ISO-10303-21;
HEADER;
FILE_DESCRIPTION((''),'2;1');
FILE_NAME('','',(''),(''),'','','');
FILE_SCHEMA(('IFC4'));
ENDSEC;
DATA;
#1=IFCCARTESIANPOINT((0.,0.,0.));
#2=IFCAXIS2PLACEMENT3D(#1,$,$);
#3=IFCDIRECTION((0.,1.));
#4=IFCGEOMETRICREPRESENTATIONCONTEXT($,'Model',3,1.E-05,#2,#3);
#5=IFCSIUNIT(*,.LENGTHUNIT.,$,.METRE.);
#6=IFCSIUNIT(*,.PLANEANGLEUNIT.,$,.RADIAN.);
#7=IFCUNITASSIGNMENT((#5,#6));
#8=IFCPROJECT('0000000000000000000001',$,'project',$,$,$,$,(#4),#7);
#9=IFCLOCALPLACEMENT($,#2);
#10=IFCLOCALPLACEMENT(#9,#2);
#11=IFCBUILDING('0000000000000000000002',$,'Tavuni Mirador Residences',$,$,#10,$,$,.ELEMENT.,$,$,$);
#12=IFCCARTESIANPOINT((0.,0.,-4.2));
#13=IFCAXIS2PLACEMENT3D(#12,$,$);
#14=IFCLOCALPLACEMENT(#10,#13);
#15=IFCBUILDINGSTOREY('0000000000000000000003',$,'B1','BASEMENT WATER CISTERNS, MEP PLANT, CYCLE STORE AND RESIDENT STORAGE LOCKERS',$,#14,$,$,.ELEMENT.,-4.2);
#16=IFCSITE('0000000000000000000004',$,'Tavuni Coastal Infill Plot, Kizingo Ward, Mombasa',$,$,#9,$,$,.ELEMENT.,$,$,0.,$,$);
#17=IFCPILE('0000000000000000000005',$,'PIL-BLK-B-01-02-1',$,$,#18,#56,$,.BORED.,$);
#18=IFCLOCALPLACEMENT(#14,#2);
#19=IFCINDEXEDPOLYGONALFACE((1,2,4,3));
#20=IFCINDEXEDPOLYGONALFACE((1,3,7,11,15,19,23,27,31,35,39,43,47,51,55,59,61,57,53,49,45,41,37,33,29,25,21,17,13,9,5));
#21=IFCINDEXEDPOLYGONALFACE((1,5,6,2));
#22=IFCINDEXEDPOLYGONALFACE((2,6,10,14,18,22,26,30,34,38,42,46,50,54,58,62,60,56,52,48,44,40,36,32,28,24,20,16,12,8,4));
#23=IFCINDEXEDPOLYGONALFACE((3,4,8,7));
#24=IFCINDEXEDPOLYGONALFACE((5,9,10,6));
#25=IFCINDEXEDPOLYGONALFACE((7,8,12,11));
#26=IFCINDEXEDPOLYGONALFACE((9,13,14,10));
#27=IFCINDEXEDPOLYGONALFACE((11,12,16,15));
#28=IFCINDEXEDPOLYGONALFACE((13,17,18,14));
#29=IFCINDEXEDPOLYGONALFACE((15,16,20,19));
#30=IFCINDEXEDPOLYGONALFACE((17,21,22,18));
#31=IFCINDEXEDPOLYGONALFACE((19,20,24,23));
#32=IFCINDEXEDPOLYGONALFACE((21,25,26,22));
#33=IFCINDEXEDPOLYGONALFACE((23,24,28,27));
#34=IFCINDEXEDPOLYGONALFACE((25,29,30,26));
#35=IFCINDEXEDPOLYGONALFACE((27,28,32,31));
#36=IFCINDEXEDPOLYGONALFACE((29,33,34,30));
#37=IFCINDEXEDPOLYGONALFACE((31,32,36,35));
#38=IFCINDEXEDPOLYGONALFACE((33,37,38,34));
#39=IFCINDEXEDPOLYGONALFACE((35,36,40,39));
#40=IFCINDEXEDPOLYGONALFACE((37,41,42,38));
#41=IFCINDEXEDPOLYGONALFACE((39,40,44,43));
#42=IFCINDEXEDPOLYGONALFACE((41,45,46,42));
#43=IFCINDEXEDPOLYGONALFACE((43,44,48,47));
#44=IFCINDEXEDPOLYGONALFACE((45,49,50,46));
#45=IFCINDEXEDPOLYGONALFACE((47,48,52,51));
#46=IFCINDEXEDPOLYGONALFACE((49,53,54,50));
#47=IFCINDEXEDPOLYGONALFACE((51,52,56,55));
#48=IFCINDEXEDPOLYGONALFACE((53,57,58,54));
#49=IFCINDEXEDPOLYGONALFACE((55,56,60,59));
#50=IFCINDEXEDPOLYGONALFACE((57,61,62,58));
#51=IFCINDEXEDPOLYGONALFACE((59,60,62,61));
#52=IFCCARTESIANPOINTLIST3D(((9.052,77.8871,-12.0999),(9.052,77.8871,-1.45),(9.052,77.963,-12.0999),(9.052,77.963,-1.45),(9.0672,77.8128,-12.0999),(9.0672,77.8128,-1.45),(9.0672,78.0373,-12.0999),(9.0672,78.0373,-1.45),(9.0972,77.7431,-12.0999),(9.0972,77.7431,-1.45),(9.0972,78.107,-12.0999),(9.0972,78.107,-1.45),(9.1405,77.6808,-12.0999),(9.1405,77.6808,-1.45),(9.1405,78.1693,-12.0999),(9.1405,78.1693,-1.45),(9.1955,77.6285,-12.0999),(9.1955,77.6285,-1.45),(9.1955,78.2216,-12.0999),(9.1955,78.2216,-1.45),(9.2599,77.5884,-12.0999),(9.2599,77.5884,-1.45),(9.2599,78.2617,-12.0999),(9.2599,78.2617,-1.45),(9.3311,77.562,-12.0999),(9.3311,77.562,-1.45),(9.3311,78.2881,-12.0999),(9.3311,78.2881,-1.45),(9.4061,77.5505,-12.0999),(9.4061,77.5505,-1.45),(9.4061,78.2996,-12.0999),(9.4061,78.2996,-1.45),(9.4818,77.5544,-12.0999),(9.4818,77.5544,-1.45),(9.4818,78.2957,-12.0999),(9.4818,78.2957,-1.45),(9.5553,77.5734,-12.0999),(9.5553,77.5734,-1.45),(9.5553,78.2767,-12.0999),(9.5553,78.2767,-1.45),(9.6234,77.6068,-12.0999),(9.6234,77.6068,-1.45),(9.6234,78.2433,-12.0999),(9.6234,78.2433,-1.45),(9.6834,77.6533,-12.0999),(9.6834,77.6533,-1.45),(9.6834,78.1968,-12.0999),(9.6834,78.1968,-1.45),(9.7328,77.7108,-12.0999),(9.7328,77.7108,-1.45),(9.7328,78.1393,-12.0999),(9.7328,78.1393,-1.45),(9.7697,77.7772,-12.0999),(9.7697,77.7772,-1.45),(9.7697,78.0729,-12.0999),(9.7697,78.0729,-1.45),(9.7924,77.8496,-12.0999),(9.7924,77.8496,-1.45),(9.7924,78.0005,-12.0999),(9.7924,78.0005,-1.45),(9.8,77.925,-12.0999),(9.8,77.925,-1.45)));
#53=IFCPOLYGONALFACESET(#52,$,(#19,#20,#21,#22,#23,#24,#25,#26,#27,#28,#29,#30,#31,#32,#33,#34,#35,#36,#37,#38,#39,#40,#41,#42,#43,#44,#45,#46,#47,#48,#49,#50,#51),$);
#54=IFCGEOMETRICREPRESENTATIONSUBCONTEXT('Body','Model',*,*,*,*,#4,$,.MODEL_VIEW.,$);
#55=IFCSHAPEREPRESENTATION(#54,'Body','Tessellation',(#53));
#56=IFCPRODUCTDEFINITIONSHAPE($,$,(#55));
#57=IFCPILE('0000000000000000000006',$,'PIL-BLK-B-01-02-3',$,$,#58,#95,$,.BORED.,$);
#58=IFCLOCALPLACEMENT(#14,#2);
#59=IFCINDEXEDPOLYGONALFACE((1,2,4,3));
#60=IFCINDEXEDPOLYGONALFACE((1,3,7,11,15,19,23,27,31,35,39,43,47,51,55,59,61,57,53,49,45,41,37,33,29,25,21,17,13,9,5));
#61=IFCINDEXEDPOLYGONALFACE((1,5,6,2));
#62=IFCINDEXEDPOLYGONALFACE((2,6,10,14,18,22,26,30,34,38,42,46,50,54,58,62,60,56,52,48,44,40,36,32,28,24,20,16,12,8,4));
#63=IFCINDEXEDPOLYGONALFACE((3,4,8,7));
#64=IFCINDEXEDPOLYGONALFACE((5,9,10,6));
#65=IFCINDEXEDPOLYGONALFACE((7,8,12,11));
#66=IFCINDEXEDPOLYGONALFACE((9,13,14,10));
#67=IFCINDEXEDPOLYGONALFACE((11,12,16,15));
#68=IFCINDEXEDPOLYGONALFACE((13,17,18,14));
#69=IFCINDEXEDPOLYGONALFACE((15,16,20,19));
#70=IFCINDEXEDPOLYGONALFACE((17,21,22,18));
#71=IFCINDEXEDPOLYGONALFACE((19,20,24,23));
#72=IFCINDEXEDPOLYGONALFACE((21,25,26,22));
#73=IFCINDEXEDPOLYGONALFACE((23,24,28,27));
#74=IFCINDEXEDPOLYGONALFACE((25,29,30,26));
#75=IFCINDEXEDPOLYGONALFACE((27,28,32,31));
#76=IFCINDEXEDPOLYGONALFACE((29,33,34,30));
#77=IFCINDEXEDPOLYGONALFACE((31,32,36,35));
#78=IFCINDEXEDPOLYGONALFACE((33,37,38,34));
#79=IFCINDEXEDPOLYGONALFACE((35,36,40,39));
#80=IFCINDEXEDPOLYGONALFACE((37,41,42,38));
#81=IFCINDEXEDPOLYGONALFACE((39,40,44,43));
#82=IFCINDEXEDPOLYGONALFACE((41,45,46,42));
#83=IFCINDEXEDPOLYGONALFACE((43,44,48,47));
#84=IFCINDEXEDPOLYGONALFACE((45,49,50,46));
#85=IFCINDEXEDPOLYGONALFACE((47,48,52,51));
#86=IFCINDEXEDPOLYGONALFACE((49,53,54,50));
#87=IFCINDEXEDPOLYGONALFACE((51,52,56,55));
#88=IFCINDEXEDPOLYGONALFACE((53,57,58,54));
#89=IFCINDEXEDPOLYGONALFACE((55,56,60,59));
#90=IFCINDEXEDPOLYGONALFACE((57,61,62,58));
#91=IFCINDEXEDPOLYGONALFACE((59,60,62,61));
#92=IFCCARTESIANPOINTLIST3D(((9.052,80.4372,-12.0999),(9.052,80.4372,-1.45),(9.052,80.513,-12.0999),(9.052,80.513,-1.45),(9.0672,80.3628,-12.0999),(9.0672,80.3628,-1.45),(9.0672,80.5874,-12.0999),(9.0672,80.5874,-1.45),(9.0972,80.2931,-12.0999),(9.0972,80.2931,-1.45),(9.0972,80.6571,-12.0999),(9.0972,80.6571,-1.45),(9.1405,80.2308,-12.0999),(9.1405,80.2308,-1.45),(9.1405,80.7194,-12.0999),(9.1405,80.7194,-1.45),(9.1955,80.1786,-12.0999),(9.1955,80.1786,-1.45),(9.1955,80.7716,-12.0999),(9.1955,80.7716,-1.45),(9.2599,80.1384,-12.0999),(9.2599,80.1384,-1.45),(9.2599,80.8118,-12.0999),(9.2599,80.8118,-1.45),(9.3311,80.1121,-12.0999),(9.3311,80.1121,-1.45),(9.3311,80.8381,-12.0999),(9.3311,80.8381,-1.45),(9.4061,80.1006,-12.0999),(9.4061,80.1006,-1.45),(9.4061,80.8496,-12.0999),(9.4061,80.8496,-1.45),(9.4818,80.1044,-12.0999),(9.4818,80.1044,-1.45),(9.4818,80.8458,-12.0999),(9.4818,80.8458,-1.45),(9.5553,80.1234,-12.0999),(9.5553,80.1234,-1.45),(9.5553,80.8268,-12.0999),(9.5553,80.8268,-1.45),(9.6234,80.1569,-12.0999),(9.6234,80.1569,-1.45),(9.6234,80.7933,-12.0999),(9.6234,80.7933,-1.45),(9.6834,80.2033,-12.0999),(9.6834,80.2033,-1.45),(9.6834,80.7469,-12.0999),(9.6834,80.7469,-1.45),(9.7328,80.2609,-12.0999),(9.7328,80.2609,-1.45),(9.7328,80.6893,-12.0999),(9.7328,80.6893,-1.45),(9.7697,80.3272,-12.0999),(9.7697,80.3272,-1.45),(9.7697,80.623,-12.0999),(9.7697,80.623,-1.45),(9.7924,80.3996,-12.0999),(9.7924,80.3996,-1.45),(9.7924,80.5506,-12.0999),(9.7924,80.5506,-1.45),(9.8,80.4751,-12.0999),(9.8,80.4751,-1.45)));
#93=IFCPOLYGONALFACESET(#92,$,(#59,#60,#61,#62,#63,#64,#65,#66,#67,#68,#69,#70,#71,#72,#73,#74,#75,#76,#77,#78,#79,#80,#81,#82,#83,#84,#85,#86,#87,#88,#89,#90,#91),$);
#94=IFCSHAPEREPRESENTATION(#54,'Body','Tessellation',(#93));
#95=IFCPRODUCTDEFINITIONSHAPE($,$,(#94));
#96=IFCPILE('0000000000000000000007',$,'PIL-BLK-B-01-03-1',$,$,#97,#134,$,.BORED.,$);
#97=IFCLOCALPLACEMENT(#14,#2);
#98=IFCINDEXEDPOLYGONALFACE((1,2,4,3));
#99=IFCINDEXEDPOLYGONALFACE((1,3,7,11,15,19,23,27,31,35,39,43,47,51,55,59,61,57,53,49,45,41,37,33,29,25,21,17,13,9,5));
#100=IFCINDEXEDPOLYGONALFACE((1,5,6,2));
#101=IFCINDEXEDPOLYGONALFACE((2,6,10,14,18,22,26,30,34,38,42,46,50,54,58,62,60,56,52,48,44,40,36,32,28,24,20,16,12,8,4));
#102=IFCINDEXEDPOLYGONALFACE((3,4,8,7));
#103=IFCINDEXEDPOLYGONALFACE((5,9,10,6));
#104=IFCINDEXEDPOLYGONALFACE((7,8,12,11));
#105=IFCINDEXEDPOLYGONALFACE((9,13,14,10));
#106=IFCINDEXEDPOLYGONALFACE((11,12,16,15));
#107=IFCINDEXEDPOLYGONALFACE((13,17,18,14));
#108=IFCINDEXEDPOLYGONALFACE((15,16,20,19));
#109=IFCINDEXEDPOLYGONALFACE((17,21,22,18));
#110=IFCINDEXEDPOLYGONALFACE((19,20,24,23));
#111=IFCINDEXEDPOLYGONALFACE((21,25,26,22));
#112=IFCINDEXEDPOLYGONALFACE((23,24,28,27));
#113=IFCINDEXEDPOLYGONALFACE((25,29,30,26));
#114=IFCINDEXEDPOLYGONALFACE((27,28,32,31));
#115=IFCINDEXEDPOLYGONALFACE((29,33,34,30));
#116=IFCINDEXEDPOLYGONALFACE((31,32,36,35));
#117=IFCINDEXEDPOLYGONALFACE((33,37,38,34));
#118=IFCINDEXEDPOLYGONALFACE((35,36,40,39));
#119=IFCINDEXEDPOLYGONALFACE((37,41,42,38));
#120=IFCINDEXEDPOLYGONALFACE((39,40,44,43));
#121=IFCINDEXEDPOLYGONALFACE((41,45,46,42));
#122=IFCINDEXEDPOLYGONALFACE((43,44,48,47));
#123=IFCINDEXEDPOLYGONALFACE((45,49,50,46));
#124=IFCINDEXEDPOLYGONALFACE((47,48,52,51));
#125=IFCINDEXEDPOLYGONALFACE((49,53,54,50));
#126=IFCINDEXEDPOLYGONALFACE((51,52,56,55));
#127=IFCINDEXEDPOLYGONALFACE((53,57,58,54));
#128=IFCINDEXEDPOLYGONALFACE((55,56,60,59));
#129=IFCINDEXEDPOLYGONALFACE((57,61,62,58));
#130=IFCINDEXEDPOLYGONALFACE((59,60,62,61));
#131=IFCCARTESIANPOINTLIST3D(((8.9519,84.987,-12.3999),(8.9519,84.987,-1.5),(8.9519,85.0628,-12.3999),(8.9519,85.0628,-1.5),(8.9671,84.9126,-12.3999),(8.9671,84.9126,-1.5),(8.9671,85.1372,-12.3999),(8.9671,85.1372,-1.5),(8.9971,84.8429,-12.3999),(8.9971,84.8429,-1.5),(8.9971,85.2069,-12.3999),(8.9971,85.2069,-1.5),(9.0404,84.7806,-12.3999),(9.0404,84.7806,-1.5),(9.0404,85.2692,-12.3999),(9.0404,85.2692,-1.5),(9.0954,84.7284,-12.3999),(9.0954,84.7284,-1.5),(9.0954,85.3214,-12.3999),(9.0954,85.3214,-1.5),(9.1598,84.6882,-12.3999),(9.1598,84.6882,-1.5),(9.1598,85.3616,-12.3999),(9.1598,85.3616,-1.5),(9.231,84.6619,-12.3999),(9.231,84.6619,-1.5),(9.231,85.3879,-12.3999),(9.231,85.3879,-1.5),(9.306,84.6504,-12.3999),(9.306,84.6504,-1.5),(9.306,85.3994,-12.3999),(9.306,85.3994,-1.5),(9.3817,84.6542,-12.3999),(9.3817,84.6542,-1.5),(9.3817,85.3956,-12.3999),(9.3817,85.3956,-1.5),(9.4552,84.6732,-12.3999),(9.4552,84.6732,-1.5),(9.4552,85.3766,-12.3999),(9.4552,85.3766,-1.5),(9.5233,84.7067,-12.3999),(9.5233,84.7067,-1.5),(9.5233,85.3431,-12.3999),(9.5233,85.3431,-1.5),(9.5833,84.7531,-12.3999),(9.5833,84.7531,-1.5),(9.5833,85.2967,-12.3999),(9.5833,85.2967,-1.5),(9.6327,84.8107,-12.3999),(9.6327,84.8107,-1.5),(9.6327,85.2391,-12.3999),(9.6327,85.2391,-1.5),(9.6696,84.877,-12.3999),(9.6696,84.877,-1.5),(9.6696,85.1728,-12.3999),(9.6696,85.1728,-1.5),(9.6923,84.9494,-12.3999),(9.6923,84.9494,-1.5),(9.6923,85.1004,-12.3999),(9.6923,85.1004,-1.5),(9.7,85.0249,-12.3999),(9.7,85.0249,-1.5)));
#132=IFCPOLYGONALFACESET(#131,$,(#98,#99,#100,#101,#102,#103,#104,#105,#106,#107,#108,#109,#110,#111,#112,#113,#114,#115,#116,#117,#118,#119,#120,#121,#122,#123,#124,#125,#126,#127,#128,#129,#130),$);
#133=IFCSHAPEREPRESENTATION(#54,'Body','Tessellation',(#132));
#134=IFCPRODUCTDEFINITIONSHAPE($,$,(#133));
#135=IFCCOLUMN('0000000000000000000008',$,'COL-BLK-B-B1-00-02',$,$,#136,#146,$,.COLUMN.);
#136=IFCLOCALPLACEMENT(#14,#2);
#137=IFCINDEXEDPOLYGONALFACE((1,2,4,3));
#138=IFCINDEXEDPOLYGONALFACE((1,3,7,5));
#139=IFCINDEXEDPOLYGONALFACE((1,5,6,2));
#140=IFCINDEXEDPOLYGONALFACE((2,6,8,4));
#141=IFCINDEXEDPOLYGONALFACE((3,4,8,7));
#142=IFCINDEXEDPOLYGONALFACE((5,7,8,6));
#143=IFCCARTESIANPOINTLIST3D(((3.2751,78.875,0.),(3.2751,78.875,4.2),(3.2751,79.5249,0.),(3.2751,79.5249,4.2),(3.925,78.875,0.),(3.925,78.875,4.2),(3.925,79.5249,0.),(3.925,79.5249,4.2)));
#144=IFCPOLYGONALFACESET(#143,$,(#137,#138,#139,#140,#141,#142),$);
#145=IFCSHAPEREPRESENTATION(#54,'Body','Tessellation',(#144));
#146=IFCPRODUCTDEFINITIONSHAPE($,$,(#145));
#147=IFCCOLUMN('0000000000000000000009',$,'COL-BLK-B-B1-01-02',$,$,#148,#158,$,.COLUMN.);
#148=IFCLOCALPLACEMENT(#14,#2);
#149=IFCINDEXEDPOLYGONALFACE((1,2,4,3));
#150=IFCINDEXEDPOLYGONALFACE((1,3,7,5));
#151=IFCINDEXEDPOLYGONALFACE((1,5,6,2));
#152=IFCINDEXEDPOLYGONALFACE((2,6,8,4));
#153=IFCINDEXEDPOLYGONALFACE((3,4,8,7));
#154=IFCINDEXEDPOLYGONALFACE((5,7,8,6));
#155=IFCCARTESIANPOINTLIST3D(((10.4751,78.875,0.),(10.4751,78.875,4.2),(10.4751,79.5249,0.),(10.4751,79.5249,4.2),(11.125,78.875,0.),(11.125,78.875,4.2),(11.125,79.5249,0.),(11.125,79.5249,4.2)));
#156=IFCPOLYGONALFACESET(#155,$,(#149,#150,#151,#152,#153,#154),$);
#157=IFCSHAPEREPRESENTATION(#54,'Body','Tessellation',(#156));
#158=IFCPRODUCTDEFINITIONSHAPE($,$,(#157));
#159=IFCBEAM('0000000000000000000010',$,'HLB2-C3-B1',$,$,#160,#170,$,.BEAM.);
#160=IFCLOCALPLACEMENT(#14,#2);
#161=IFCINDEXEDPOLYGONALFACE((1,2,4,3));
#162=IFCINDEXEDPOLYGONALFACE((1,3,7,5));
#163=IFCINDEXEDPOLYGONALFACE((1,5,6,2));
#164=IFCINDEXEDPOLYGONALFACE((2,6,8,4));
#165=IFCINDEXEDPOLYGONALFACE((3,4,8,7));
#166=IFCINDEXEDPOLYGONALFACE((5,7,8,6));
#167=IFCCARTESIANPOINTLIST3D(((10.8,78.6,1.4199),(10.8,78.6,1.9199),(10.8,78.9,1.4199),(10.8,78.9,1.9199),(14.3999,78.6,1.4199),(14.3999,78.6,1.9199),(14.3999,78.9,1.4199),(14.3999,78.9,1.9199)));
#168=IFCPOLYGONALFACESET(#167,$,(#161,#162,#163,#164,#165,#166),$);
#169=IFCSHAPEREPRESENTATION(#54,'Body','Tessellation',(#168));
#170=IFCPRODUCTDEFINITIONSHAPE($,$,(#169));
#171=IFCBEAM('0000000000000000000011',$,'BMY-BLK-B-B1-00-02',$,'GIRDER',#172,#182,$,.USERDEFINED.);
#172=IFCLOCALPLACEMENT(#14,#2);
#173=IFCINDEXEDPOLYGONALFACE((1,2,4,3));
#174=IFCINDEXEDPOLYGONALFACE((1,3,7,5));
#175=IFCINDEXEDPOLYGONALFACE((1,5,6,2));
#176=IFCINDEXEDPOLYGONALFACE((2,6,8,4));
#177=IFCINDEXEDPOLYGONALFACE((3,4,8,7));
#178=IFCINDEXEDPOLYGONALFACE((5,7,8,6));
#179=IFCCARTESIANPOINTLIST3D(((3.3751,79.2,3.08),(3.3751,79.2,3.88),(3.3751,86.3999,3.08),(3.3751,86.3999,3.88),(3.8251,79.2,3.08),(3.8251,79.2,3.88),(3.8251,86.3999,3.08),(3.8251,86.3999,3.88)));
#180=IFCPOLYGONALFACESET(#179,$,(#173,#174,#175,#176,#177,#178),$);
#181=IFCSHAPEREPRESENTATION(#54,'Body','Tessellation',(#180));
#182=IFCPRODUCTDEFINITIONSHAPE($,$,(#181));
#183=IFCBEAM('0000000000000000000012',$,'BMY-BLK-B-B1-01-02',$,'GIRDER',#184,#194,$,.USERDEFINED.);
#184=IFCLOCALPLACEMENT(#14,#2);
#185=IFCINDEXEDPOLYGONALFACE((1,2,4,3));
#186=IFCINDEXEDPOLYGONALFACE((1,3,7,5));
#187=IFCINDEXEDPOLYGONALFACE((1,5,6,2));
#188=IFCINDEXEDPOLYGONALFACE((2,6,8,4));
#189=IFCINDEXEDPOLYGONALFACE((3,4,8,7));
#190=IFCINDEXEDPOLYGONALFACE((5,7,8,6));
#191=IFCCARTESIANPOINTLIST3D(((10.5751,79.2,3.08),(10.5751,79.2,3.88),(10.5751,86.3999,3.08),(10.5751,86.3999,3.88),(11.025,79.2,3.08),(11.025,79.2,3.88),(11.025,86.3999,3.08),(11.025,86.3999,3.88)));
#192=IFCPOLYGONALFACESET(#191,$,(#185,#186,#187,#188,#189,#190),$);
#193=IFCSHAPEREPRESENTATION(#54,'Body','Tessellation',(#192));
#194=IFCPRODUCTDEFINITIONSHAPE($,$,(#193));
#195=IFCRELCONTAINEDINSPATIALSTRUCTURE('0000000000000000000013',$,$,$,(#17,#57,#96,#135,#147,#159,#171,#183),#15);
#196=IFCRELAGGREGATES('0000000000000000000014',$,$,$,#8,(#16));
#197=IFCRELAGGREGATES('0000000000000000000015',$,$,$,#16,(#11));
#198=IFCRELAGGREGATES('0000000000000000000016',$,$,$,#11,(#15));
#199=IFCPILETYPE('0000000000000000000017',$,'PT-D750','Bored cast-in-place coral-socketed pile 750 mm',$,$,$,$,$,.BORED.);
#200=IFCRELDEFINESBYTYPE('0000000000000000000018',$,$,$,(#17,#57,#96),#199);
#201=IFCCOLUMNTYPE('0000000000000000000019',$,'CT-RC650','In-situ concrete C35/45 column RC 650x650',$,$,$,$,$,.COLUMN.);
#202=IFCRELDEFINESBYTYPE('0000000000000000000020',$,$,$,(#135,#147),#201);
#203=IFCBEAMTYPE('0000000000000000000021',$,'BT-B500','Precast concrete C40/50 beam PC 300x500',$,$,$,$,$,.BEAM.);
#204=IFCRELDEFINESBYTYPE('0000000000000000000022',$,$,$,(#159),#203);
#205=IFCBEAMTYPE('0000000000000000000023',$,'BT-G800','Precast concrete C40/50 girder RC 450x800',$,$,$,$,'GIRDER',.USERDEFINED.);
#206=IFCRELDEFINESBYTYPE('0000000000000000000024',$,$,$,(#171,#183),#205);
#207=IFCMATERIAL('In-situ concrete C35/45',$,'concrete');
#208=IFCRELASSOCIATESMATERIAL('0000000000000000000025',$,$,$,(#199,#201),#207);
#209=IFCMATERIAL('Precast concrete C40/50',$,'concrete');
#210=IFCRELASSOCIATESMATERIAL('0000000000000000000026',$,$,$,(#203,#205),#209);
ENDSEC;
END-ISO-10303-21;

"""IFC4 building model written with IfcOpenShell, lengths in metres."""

from ifc_helpers import new_model, si_unit, direction, frame, origin, origin_2d, place, context, subcontext, project, spatial, rectangle, circle, extrude, material, material_profile, profile_set, type_object, element, save


model = new_model("IFC4")

# Units and contexts
model_context = context("Model", 3, precision=1e-05, world=origin(), true_north=direction((0.0, 1.0)))
body_context = subcontext(model_context, "Body", "Model", "MODEL_VIEW")
ifc_project = project(units=[si_unit("LENGTHUNIT", "METRE"), si_unit("PLANEANGLEUNIT", "RADIAN")], contexts=[model_context])

# Site, building, storey
site_placement = place(None, origin())
site = spatial("IfcSite", under=ifc_project, at=site_placement, Name="Tavuni Coastal Infill Plot, Kizingo Ward, Mombasa", CompositionType="ELEMENT", RefElevation=0.0)
building_placement = place(site_placement, origin())
building = spatial("IfcBuilding", under=site, at=building_placement, Name="Tavuni Mirador Residences", CompositionType="ELEMENT")
storey_placement = place(building_placement, frame((0.0, 0.0, -4.2)))
storey = spatial("IfcBuildingStorey", under=building, at=storey_placement, Name="B1", Description="BASEMENT WATER CISTERNS, MEP PLANT, CYCLE STORE AND RESIDENT STORAGE LOCKERS", CompositionType="ELEMENT", Elevation=-4.2)

# Shared definitions
ifc_material_1 = material(Name="In-situ concrete C35/45", Category="concrete")

# Piles
ifc_material_profile_1 = material_profile(ifc_material_1, circle(Radius=0.375, at=origin_2d()), Name="PILE D750", Category="concrete")
ifc_profile_set_1 = profile_set([ifc_material_profile_1], Name="In-situ concrete C35/45")
pile_type_1 = type_object("IfcPileType", Name="PT-D750", Description="Bored cast-in-place coral-socketed pile 750 mm", PredefinedType="BORED", material=ifc_profile_set_1)
for number, where, z_axis, x_axis, name in (
    (1, (9.425, 77.925, -1.45), (0.0, 0.0, -1.0), (1.0, 0.0, 0.0), "PIL-BLK-B-01-02-1"),
    (2, (9.425, 80.4751, -1.45), (0.0, 0.0, -1.0), (1.0, 0.0, 0.0), "PIL-BLK-B-01-02-3"),
):
    element("IfcPile", number, at=place(storey_placement, frame(where, z_axis=z_axis, x_axis=x_axis)), inside=storey, type_object=pile_type_1, Name=name, PredefinedType="BORED", context=body_context, shape_type="SweptSolid", body=[
        extrude(circle(Radius=0.375, at=origin_2d()), origin(), (0.0, 0.0, 1.0), 10.6499),
    ])
pile_placement = place(storey_placement, frame((9.325, 85.0249, -1.5), z_axis=(0.0, 0.0, -1.0), x_axis=(1.0, 0.0, 0.0)))
element("IfcPile", 3, at=pile_placement, inside=storey, type_object=pile_type_1, Name="PIL-BLK-B-01-03-1", PredefinedType="BORED", context=body_context, shape_type="SweptSolid", body=[
    extrude(circle(Radius=0.375, at=origin_2d()), origin(), (0.0, 0.0, 1.0), 10.8999),
])

# Columns
ifc_material_profile_2 = material_profile(ifc_material_1, rectangle(XDim=0.6499, YDim=0.6499, at=origin_2d()), Name="RC 650x650", Category="concrete")
ifc_profile_set_2 = profile_set([ifc_material_profile_2], Name="In-situ concrete C35/45")
column_type = type_object("IfcColumnType", Name="CT-RC650", Description="In-situ concrete C35/45 column RC 650x650", PredefinedType="COLUMN", material=ifc_profile_set_2)
for number, where, z_axis, x_axis, name in (
    (4, (3.6001, 79.2, 0.0), (0.0, 0.0, 1.0), (1.0, 0.0, 0.0), "COL-BLK-B-B1-00-02"),
    (5, (10.8, 79.2, 0.0), (0.0, 0.0, 1.0), (1.0, 0.0, 0.0), "COL-BLK-B-B1-01-02"),
):
    element("IfcColumn", number, at=place(storey_placement, frame(where, z_axis=z_axis, x_axis=x_axis)), inside=storey, type_object=column_type, Name=name, PredefinedType="COLUMN", context=body_context, shape_type="SweptSolid", body=[
        extrude(rectangle(XDim=0.6499, YDim=0.6499, at=origin_2d()), origin(), (0.0, 0.0, 1.0), 4.2),
    ])

# Beams
ifc_material_2 = material(Name="Precast concrete C40/50", Category="concrete")
ifc_material_profile_3 = material_profile(ifc_material_2, rectangle(XDim=0.3, YDim=0.5, at=origin_2d()), Name="PC 300x500", Category="concrete")
ifc_profile_set_3 = profile_set([ifc_material_profile_3], Name="Precast concrete C40/50")
beam_type_1 = type_object("IfcBeamType", Name="BT-B500", Description="Precast concrete C40/50 beam PC 300x500", PredefinedType="BEAM", material=ifc_profile_set_3)
beam_1_placement = place(storey_placement, frame((10.8, 78.75, 1.6699), z_axis=(1.0, 0.0, 0.0), x_axis=(0.0, 1.0, 0.0)))
element("IfcBeam", 6, at=beam_1_placement, inside=storey, type_object=beam_type_1, Name="HLB2-C3-B1", PredefinedType="BEAM", context=body_context, shape_type="SweptSolid", body=[
    extrude(rectangle(XDim=0.3, YDim=0.5, at=origin_2d()), origin(), (0.0, 0.0, 1.0), 3.5999),
])
ifc_material_profile_4 = material_profile(ifc_material_2, rectangle(XDim=0.45, YDim=0.8, at=origin_2d()), Name="RC 450x800", Category="concrete")
ifc_profile_set_4 = profile_set([ifc_material_profile_4], Name="Precast concrete C40/50")
beam_type_2 = type_object("IfcBeamType", Name="BT-G800", Description="Precast concrete C40/50 girder RC 450x800", ElementType="GIRDER", PredefinedType="USERDEFINED", material=ifc_profile_set_4)
for number, where, z_axis, x_axis, name in (
    (7, (3.6001, 79.2, 3.48), (0.0, 1.0, 0.0), (-1.0, 0.0, 0.0), "BMY-BLK-B-B1-00-02"),
    (8, (10.8, 79.2, 3.48), (0.0, 1.0, 0.0), (-1.0, 0.0, 0.0), "BMY-BLK-B-B1-01-02"),
):
    element("IfcBeam", number, at=place(storey_placement, frame(where, z_axis=z_axis, x_axis=x_axis)), inside=storey, type_object=beam_type_2, Name=name, ObjectType="GIRDER", PredefinedType="USERDEFINED", context=body_context, shape_type="SweptSolid", body=[
        extrude(rectangle(XDim=0.45, YDim=0.8, at=origin_2d()), origin(), (0.0, 0.0, 1.0), 7.2),
    ])

save(model, "model.ifc")
